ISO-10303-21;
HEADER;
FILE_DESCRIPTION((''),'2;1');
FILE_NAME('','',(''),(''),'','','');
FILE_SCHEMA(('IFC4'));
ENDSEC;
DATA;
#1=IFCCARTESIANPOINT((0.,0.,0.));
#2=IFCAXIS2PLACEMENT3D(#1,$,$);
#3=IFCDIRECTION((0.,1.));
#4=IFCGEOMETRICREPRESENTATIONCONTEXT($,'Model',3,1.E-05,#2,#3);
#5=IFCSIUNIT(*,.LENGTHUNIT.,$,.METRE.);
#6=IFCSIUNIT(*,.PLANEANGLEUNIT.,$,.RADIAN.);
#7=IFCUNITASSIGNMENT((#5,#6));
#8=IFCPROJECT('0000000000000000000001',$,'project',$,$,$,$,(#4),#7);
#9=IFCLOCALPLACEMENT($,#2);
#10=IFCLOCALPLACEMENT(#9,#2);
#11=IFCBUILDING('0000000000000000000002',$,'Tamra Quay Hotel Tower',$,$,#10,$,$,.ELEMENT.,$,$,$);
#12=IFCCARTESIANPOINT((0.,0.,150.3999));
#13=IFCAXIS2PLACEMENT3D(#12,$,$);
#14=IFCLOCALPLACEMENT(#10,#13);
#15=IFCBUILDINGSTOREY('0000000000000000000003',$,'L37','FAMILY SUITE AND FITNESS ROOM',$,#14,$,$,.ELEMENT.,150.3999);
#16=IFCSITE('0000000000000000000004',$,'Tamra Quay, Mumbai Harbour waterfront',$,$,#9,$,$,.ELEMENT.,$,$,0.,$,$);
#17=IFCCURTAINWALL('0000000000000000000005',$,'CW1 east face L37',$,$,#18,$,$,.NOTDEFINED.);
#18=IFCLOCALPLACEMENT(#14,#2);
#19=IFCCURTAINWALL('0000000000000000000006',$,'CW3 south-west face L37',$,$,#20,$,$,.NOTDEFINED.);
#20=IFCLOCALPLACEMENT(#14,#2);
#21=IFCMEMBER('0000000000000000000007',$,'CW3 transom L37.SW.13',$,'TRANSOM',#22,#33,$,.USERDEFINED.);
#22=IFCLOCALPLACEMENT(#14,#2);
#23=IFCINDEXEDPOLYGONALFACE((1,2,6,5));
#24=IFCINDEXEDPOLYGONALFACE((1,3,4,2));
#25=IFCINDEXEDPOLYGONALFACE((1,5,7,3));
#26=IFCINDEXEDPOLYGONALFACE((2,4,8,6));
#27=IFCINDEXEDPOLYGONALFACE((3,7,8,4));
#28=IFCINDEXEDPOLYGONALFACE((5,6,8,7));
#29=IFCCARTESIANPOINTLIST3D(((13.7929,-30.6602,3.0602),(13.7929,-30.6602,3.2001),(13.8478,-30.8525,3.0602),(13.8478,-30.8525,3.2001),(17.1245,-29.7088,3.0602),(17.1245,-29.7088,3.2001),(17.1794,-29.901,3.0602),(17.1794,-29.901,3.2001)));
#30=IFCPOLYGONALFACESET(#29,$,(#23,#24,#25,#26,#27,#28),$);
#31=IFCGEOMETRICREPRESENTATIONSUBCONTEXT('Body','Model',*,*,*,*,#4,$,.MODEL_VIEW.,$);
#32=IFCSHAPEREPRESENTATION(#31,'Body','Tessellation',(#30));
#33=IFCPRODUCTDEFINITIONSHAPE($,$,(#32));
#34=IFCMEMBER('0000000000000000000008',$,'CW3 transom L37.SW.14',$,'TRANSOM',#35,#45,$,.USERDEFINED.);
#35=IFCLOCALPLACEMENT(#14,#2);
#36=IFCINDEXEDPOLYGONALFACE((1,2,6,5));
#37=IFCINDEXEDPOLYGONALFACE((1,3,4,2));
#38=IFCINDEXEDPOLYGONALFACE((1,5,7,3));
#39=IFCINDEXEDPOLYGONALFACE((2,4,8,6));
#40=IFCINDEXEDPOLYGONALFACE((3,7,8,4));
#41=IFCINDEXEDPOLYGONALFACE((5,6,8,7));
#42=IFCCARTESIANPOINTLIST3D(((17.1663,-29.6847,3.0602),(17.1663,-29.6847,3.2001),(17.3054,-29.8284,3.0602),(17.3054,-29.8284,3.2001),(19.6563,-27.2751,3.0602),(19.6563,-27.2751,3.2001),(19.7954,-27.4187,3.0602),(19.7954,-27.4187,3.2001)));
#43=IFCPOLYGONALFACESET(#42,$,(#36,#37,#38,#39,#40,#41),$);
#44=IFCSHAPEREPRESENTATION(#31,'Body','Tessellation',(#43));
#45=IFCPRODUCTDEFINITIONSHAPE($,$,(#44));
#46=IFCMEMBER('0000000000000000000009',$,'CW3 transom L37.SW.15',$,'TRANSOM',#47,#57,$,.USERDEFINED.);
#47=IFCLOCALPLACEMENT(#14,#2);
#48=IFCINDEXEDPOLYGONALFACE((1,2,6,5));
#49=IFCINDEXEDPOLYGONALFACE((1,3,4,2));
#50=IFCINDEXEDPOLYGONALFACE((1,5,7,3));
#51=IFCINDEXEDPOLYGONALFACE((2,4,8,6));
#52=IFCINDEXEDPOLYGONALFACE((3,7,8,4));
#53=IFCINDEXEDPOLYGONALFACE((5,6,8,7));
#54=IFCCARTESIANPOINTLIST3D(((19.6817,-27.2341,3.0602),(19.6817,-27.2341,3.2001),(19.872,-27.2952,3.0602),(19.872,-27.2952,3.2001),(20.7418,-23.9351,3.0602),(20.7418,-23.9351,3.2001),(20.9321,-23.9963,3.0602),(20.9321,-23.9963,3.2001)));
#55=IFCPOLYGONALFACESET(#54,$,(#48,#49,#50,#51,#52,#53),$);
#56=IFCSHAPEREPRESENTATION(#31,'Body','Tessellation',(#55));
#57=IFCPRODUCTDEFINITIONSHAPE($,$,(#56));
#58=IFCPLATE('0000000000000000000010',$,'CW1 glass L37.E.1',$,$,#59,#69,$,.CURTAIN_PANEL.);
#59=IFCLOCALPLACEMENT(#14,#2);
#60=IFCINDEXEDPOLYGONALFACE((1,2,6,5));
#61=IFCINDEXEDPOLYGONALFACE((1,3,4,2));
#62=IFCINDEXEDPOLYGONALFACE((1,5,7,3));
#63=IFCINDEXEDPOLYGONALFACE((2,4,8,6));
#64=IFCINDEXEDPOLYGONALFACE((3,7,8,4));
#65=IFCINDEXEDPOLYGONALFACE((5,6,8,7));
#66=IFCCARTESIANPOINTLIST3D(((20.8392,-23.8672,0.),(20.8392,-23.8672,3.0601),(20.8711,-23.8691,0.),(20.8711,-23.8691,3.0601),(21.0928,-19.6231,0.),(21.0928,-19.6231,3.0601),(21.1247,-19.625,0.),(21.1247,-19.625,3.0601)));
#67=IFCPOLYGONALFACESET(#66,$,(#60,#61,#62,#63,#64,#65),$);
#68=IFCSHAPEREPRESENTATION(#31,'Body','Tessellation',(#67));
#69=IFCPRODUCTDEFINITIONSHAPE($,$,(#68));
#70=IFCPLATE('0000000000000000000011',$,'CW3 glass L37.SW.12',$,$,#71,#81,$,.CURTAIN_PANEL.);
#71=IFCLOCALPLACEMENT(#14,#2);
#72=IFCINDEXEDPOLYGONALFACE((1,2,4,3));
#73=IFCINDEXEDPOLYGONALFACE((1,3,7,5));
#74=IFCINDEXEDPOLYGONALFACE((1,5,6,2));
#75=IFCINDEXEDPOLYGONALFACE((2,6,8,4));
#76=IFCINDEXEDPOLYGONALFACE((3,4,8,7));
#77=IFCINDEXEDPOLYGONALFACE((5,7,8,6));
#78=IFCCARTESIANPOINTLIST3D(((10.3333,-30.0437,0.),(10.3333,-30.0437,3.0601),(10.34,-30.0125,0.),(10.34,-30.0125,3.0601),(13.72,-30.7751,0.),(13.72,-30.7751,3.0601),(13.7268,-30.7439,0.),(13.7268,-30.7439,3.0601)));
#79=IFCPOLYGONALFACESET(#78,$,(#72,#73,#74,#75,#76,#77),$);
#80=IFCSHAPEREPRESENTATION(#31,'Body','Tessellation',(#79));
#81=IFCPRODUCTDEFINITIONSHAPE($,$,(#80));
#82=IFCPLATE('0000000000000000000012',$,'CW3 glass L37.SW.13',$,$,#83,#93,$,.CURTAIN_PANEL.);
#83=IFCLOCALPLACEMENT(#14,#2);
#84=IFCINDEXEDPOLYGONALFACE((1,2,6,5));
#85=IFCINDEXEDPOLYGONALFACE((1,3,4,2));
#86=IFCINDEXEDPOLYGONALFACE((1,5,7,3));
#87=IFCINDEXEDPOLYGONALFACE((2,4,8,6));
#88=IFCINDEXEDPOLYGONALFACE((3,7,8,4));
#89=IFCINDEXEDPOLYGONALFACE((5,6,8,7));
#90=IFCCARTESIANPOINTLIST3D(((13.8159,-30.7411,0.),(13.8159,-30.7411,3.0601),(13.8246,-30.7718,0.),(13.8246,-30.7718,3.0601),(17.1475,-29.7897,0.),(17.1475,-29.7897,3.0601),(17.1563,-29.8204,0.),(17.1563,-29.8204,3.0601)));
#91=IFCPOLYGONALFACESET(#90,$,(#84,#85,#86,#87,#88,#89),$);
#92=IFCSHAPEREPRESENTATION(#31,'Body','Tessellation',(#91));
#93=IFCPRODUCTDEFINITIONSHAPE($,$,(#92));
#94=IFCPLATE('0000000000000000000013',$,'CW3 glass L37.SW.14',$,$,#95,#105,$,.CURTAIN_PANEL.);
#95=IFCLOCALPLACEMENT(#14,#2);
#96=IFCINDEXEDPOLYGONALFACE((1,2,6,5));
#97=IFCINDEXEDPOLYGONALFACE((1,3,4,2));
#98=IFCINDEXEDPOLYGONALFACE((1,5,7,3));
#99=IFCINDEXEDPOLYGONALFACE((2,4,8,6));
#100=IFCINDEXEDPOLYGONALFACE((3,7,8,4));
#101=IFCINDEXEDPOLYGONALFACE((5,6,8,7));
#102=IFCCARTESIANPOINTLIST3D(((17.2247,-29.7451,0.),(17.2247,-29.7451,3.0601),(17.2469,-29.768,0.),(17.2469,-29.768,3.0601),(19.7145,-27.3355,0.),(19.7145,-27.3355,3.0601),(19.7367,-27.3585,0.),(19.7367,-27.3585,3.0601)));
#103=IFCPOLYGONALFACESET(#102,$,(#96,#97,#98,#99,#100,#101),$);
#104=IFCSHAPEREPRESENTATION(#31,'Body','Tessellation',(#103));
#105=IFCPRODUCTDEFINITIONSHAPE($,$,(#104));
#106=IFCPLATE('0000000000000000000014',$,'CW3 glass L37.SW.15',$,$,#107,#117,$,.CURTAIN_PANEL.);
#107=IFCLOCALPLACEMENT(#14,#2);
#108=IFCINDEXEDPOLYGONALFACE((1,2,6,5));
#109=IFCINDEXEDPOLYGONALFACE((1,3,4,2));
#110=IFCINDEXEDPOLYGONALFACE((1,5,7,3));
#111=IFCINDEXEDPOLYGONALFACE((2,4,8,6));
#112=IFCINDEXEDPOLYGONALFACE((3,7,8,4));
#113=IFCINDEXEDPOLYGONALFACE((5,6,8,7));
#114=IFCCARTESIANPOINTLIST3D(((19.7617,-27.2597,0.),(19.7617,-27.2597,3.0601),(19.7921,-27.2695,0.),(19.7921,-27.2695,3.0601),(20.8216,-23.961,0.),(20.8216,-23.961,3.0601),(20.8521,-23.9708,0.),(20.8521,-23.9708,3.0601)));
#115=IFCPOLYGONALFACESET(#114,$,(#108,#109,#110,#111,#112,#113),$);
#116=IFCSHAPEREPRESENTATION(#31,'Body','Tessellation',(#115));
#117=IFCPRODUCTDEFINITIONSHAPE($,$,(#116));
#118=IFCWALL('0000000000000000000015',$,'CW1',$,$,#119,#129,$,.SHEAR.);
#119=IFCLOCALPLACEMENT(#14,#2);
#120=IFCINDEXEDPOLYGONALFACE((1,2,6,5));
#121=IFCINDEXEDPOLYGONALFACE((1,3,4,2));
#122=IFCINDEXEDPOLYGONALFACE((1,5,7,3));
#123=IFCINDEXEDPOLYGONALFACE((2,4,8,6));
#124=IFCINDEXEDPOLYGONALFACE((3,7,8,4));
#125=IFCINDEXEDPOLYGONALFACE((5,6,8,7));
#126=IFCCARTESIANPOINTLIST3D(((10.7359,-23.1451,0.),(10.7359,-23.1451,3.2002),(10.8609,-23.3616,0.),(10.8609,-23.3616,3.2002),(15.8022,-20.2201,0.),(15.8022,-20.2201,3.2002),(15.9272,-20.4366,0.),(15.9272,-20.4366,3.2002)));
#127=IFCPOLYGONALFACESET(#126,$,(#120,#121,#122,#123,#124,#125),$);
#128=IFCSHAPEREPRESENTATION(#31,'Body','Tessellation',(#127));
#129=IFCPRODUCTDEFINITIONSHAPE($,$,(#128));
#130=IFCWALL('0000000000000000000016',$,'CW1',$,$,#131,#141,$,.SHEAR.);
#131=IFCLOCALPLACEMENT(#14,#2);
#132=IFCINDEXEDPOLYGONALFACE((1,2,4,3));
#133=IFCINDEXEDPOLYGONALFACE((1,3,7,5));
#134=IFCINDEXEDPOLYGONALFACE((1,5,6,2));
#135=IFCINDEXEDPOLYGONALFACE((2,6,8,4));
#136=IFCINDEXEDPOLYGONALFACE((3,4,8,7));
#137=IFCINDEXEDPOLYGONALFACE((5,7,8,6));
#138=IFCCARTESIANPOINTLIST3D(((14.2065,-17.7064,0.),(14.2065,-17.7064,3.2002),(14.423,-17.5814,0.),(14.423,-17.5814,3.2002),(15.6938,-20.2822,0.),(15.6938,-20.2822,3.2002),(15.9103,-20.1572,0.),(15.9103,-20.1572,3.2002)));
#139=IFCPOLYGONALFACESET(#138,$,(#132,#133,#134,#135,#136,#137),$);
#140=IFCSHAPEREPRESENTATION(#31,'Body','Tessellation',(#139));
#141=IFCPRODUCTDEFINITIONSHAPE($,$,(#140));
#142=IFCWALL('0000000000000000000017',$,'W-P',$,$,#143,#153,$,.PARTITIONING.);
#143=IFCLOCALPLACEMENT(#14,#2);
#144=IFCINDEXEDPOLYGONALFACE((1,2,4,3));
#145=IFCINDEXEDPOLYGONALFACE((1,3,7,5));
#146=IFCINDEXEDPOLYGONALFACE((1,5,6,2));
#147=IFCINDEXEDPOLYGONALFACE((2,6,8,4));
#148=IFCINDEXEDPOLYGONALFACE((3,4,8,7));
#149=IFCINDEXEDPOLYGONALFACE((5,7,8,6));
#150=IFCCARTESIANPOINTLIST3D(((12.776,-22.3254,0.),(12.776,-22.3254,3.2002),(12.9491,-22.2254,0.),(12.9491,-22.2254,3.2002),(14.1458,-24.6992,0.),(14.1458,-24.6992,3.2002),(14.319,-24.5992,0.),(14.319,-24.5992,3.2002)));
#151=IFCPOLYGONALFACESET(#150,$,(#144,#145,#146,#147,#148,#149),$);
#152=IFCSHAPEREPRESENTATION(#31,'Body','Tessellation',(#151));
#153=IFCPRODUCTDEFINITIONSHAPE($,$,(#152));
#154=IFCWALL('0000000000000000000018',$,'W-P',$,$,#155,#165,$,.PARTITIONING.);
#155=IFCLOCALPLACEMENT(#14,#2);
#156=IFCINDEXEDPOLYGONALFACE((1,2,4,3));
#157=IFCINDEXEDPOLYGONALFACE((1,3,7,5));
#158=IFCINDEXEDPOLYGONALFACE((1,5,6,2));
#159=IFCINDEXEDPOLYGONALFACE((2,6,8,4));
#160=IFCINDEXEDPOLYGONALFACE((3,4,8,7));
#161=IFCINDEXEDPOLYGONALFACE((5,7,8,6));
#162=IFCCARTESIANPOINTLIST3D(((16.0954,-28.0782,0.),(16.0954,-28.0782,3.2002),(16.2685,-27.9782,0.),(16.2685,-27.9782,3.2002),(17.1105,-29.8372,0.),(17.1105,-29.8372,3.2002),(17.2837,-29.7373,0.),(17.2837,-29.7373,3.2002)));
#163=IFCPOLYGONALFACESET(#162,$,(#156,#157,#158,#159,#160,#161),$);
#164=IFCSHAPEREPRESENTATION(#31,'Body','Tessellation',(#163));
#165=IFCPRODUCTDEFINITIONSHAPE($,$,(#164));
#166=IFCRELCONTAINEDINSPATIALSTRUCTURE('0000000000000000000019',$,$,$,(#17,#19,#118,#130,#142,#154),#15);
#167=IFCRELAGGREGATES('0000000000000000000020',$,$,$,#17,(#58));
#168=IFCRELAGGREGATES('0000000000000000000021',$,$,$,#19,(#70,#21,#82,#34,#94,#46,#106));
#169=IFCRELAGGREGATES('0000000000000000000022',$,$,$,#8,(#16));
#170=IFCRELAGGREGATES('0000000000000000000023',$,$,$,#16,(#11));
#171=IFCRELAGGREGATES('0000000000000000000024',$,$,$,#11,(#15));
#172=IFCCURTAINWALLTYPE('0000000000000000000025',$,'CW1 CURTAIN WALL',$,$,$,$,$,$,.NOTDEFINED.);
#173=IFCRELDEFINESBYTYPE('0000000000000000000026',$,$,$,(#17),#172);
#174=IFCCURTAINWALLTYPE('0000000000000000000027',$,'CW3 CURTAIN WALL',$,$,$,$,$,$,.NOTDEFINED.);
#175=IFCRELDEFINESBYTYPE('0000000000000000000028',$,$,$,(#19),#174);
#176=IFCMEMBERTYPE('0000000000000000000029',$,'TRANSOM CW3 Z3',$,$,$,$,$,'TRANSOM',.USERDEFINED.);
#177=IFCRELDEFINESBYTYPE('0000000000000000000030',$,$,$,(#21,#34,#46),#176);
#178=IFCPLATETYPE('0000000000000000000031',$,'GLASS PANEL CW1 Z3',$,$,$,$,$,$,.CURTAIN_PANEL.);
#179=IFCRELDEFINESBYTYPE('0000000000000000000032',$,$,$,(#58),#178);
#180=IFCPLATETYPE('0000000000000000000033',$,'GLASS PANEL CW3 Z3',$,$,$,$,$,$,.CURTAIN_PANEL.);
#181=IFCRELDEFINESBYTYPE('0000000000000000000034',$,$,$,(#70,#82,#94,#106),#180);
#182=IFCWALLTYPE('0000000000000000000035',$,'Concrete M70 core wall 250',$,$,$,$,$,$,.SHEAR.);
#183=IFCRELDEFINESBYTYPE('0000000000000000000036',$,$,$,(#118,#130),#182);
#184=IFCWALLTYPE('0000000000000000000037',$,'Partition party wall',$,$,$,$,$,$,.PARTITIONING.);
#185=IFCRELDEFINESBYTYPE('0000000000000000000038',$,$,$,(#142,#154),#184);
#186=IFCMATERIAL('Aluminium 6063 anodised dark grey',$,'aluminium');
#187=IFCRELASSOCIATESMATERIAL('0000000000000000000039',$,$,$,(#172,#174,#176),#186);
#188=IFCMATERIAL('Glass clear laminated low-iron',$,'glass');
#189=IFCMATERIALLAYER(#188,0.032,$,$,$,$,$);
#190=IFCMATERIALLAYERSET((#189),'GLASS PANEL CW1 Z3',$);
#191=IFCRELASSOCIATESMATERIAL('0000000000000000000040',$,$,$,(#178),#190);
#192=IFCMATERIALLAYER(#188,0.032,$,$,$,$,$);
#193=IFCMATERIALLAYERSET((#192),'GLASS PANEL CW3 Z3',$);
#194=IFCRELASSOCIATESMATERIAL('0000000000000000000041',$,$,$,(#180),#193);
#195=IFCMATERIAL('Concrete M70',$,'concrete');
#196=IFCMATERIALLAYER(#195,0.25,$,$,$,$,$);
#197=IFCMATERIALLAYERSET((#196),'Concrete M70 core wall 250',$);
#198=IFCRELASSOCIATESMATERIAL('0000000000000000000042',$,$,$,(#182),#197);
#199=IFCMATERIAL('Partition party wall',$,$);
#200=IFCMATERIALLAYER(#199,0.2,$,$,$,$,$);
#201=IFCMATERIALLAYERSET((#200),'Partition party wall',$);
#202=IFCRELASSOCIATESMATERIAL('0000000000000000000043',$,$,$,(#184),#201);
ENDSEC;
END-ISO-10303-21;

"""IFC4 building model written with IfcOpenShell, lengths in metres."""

from ifc_helpers import new_model, si_unit, direction, frame, frame_2d, origin, origin_2d, place, context, subcontext, project, spatial, rectangle, extrude, material, layer, layer_set, material_profile, profile_set, type_object, element, aggregate, save


model = new_model("IFC4")

# Units and contexts
model_context = context("Model", 3, precision=1e-05, world=origin(), true_north=direction((0.0, 1.0)))
body_context = subcontext(model_context, "Body", "Model", "MODEL_VIEW")
ifc_project = project(units=[si_unit("LENGTHUNIT", "METRE"), si_unit("PLANEANGLEUNIT", "RADIAN")], contexts=[model_context])

# Site, building, storey
site_placement = place(None, origin())
site = spatial("IfcSite", under=ifc_project, at=site_placement, Name="Tamra Quay, Mumbai Harbour waterfront", CompositionType="ELEMENT", RefElevation=0.0)
building_placement = place(site_placement, origin())
building = spatial("IfcBuilding", under=site, at=building_placement, Name="Tamra Quay Hotel Tower", CompositionType="ELEMENT")
storey_placement = place(building_placement, frame((0.0, 0.0, 150.3999)))
storey = spatial("IfcBuildingStorey", under=building, at=storey_placement, Name="L37", Description="FAMILY SUITE AND FITNESS ROOM", CompositionType="ELEMENT", Elevation=150.3999)

# Shared definitions
ifc_material_1 = material(Name="Concrete M70", Category="concrete")

# Curtain walls
ifc_material_2 = material(Name="Aluminium 6063 anodised dark grey", Category="aluminium")
curtain_wall_type_1 = type_object("IfcCurtainWallType", Name="CW1 CURTAIN WALL", PredefinedType="NOTDEFINED", material=ifc_material_2)
curtain_wall_1_placement = place(storey_placement, origin())
curtain_wall_1 = element("IfcCurtainWall", 1, at=curtain_wall_1_placement, inside=storey, type_object=curtain_wall_type_1, Name="CW1 east face L37", PredefinedType="NOTDEFINED")
curtain_wall_type_2 = type_object("IfcCurtainWallType", Name="CW3 CURTAIN WALL", PredefinedType="NOTDEFINED", material=ifc_material_2)
curtain_wall_2_placement = place(storey_placement, origin())
curtain_wall_2 = element("IfcCurtainWall", 2, at=curtain_wall_2_placement, inside=storey, type_object=curtain_wall_type_2, Name="CW3 south-west face L37", PredefinedType="NOTDEFINED")

# Members
ifc_material_profile_1 = material_profile(ifc_material_2, rectangle(XDim=0.2, YDim=0.1399, at=origin_2d()), Name="TRANSOM 200X140")
ifc_profile_set_1 = profile_set([ifc_material_profile_1], Name="Aluminium 6063 anodised dark grey")
member_type_1 = type_object("IfcMemberType", Name="TRANSOM CW3 Z3", ElementType="TRANSOM", PredefinedType="USERDEFINED", material=ifc_profile_set_1)
member_1_placement = place(storey_placement, frame((13.8203, -30.7563, 3.1301), z_axis=(0.961559, 0.2746, 0.0), x_axis=(-0.2746, 0.961559, 0.0)))
member_1 = element("IfcMember", 3, at=member_1_placement, type_object=member_type_1, Name="CW3 transom L37.SW.13", ObjectType="TRANSOM", PredefinedType="USERDEFINED", context=body_context, shape_type="SweptSolid", body=[
    extrude(rectangle(XDim=0.2, YDim=0.1399, at=origin_2d()), origin(), (0.0, 0.0, 1.0), 3.4648),
])
member_2_placement = place(storey_placement, frame((17.2358, -29.7566, 3.1301), z_axis=(0.718602, 0.695421, 0.0), x_axis=(-0.695421, 0.718602, 0.0)))
member_2 = element("IfcMember", 4, at=member_2_placement, type_object=member_type_1, Name="CW3 transom L37.SW.14", ObjectType="TRANSOM", PredefinedType="USERDEFINED", context=body_context, shape_type="SweptSolid", body=[
    extrude(rectangle(XDim=0.2, YDim=0.1399, at=origin_2d()), origin(), (0.0, 0.0, 1.0), 3.4651),
])
member_3_placement = place(storey_placement, frame((19.7769, -27.2646, 3.1301), z_axis=(0.305936, 0.952052, 0.0), x_axis=(-0.952052, 0.305936, 0.0)))
member_3 = element("IfcMember", 5, at=member_3_placement, type_object=member_type_1, Name="CW3 transom L37.SW.15", ObjectType="TRANSOM", PredefinedType="USERDEFINED", context=body_context, shape_type="SweptSolid", body=[
    extrude(rectangle(XDim=0.2, YDim=0.1399, at=origin_2d()), origin(), (0.0, 0.0, 1.0), 3.4651),
])

# Plates
ifc_material_3 = material(Name="Glass clear laminated low-iron", Category="glass")
ifc_layer_1 = layer(ifc_material_3, 0.032)
ifc_layer_set_1 = layer_set([ifc_layer_1], Name="GLASS PANEL CW1 Z3")
plate_type_1 = type_object("IfcPlateType", Name="GLASS PANEL CW1 Z3", PredefinedType="CURTAIN_PANEL", material=ifc_layer_set_1)
plate_1_placement = place(storey_placement, frame((20.9819, -21.7461, 0.0), z_axis=(0.0, 0.0, 1.0), x_axis=(0.059642, 0.99822, 0.0)))
plate_1 = element("IfcPlate", 6, at=plate_1_placement, type_object=plate_type_1, Name="CW1 glass L37.E.1", PredefinedType="CURTAIN_PANEL", context=body_context, shape_type="SweptSolid", body=[
    extrude(rectangle(XDim=4.2517, YDim=0.032, at=origin_2d()), origin(), (0.0, 0.0, 1.0), 3.0601),
])
aggregate(curtain_wall_1, [plate_1])
ifc_layer_2 = layer(ifc_material_3, 0.032)
ifc_layer_set_2 = layer_set([ifc_layer_2], Name="GLASS PANEL CW3 Z3")
plate_type_2 = type_object("IfcPlateType", Name="GLASS PANEL CW3 Z3", PredefinedType="CURTAIN_PANEL", material=ifc_layer_set_2)
plate_2_placement = place(storey_placement, frame((12.03, -30.3938, 0.0), z_axis=(0.0, 0.0, 1.0), x_axis=(0.977465, -0.211099, 0.0)))
plate_2 = element("IfcPlate", 7, at=plate_2_placement, type_object=plate_type_2, Name="CW3 glass L37.SW.12", PredefinedType="CURTAIN_PANEL", context=body_context, shape_type="SweptSolid", body=[
    extrude(rectangle(XDim=3.4648, YDim=0.032, at=origin_2d()), origin(), (0.0, 0.0, 1.0), 3.0601),
])
plate_3_placement = place(storey_placement, frame((15.4861, -30.2808, 0.0), z_axis=(0.0, 0.0, 1.0), x_axis=(0.961561, 0.274593, 0.0)))
plate_3 = element("IfcPlate", 8, at=plate_3_placement, type_object=plate_type_2, Name="CW3 glass L37.SW.13", PredefinedType="CURTAIN_PANEL", context=body_context, shape_type="SweptSolid", body=[
    extrude(rectangle(XDim=3.4648, YDim=0.032, at=origin_2d()), origin(), (0.0, 0.0, 1.0), 3.0601),
])
plate_4_placement = place(storey_placement, frame((18.4807, -28.5518, 0.0), z_axis=(0.0, 0.0, 1.0), x_axis=(0.718584, 0.69544, 0.0)))
plate_4 = element("IfcPlate", 9, at=plate_4_placement, type_object=plate_type_2, Name="CW3 glass L37.SW.14", PredefinedType="CURTAIN_PANEL", context=body_context, shape_type="SweptSolid", body=[
    extrude(rectangle(XDim=3.4648, YDim=0.032, at=origin_2d()), origin(), (0.0, 0.0, 1.0), 3.0601),
])
plate_5_placement = place(storey_placement, frame((20.3069, -25.6152, 0.0), z_axis=(0.0, 0.0, 1.0), x_axis=(0.305915, 0.952059, 0.0)))
plate_5 = element("IfcPlate", 10, at=plate_5_placement, type_object=plate_type_2, Name="CW3 glass L37.SW.15", PredefinedType="CURTAIN_PANEL", context=body_context, shape_type="SweptSolid", body=[
    extrude(rectangle(XDim=3.4648, YDim=0.032, at=origin_2d()), origin(), (0.0, 0.0, 1.0), 3.0601),
])
aggregate(curtain_wall_2, [plate_2, member_1, plate_3, member_2, plate_4, member_3, plate_5])

# Walls
ifc_layer_3 = layer(ifc_material_1, 0.25)
ifc_layer_set_3 = layer_set([ifc_layer_3], Name="Concrete M70 core wall 250")
wall_type_1 = type_object("IfcWallType", Name="Concrete M70 core wall 250", PredefinedType="SHEAR", material=ifc_layer_set_3)
wall_1_placement = place(storey_placement, frame((15.8647, -20.3284, 0.0), z_axis=(0.0, 0.0, 1.0), x_axis=(-0.866029, -0.499995, 0.0)))
element("IfcWall", 11, at=wall_1_placement, inside=storey, type_object=wall_type_1, Name="CW1", PredefinedType="SHEAR", context=body_context, shape_type="SweptSolid", body=[
    extrude(rectangle(XDim=5.8501, YDim=0.25, at=frame_2d((2.925, 0.0))), origin(), (0.0, 0.0, 1.0), 3.2002),
])
wall_2_placement = place(storey_placement, frame((14.3147, -17.6438, 0.0), z_axis=(0.0, 0.0, 1.0), x_axis=(0.500023, -0.866012, 0.0)))
element("IfcWall", 12, at=wall_2_placement, inside=storey, type_object=wall_type_1, Name="CW1", PredefinedType="SHEAR", context=body_context, shape_type="SweptSolid", body=[
    extrude(rectangle(XDim=2.9744, YDim=0.25, at=frame_2d((1.4873, 0.0))), origin(), (0.0, 0.0, 1.0), 3.2002),
])
ifc_material_4 = material(Name="Partition party wall")
ifc_layer_4 = layer(ifc_material_4, 0.2)
ifc_layer_set_4 = layer_set([ifc_layer_4], Name="Partition party wall")
wall_type_2 = type_object("IfcWallType", Name="Partition party wall", PredefinedType="PARTITIONING", material=ifc_layer_set_4)
wall_3_placement = place(storey_placement, frame((12.8625, -22.2754, 0.0), z_axis=(0.0, 0.0, 1.0), x_axis=(0.499828, -0.866125, 0.0)))
element("IfcWall", 13, at=wall_3_placement, inside=storey, type_object=wall_type_2, Name="W-P", PredefinedType="PARTITIONING", context=body_context, shape_type="SweptSolid", body=[
    extrude(rectangle(XDim=2.7407, YDim=0.2, at=frame_2d((1.3704, 0.0))), origin(), (0.0, 0.0, 1.0), 3.2002),
])
wall_4_placement = place(storey_placement, frame((16.1819, -28.0281, 0.0), z_axis=(0.0, 0.0, 1.0), x_axis=(0.499837, -0.86612, 0.0)))
element("IfcWall", 14, at=wall_4_placement, inside=storey, type_object=wall_type_2, Name="W-P", PredefinedType="PARTITIONING", context=body_context, shape_type="SweptSolid", body=[
    extrude(rectangle(XDim=2.031, YDim=0.2, at=frame_2d((1.0156, 0.0))), origin(), (0.0, 0.0, 1.0), 3.2002),
])

save(model, "model.ifc")
